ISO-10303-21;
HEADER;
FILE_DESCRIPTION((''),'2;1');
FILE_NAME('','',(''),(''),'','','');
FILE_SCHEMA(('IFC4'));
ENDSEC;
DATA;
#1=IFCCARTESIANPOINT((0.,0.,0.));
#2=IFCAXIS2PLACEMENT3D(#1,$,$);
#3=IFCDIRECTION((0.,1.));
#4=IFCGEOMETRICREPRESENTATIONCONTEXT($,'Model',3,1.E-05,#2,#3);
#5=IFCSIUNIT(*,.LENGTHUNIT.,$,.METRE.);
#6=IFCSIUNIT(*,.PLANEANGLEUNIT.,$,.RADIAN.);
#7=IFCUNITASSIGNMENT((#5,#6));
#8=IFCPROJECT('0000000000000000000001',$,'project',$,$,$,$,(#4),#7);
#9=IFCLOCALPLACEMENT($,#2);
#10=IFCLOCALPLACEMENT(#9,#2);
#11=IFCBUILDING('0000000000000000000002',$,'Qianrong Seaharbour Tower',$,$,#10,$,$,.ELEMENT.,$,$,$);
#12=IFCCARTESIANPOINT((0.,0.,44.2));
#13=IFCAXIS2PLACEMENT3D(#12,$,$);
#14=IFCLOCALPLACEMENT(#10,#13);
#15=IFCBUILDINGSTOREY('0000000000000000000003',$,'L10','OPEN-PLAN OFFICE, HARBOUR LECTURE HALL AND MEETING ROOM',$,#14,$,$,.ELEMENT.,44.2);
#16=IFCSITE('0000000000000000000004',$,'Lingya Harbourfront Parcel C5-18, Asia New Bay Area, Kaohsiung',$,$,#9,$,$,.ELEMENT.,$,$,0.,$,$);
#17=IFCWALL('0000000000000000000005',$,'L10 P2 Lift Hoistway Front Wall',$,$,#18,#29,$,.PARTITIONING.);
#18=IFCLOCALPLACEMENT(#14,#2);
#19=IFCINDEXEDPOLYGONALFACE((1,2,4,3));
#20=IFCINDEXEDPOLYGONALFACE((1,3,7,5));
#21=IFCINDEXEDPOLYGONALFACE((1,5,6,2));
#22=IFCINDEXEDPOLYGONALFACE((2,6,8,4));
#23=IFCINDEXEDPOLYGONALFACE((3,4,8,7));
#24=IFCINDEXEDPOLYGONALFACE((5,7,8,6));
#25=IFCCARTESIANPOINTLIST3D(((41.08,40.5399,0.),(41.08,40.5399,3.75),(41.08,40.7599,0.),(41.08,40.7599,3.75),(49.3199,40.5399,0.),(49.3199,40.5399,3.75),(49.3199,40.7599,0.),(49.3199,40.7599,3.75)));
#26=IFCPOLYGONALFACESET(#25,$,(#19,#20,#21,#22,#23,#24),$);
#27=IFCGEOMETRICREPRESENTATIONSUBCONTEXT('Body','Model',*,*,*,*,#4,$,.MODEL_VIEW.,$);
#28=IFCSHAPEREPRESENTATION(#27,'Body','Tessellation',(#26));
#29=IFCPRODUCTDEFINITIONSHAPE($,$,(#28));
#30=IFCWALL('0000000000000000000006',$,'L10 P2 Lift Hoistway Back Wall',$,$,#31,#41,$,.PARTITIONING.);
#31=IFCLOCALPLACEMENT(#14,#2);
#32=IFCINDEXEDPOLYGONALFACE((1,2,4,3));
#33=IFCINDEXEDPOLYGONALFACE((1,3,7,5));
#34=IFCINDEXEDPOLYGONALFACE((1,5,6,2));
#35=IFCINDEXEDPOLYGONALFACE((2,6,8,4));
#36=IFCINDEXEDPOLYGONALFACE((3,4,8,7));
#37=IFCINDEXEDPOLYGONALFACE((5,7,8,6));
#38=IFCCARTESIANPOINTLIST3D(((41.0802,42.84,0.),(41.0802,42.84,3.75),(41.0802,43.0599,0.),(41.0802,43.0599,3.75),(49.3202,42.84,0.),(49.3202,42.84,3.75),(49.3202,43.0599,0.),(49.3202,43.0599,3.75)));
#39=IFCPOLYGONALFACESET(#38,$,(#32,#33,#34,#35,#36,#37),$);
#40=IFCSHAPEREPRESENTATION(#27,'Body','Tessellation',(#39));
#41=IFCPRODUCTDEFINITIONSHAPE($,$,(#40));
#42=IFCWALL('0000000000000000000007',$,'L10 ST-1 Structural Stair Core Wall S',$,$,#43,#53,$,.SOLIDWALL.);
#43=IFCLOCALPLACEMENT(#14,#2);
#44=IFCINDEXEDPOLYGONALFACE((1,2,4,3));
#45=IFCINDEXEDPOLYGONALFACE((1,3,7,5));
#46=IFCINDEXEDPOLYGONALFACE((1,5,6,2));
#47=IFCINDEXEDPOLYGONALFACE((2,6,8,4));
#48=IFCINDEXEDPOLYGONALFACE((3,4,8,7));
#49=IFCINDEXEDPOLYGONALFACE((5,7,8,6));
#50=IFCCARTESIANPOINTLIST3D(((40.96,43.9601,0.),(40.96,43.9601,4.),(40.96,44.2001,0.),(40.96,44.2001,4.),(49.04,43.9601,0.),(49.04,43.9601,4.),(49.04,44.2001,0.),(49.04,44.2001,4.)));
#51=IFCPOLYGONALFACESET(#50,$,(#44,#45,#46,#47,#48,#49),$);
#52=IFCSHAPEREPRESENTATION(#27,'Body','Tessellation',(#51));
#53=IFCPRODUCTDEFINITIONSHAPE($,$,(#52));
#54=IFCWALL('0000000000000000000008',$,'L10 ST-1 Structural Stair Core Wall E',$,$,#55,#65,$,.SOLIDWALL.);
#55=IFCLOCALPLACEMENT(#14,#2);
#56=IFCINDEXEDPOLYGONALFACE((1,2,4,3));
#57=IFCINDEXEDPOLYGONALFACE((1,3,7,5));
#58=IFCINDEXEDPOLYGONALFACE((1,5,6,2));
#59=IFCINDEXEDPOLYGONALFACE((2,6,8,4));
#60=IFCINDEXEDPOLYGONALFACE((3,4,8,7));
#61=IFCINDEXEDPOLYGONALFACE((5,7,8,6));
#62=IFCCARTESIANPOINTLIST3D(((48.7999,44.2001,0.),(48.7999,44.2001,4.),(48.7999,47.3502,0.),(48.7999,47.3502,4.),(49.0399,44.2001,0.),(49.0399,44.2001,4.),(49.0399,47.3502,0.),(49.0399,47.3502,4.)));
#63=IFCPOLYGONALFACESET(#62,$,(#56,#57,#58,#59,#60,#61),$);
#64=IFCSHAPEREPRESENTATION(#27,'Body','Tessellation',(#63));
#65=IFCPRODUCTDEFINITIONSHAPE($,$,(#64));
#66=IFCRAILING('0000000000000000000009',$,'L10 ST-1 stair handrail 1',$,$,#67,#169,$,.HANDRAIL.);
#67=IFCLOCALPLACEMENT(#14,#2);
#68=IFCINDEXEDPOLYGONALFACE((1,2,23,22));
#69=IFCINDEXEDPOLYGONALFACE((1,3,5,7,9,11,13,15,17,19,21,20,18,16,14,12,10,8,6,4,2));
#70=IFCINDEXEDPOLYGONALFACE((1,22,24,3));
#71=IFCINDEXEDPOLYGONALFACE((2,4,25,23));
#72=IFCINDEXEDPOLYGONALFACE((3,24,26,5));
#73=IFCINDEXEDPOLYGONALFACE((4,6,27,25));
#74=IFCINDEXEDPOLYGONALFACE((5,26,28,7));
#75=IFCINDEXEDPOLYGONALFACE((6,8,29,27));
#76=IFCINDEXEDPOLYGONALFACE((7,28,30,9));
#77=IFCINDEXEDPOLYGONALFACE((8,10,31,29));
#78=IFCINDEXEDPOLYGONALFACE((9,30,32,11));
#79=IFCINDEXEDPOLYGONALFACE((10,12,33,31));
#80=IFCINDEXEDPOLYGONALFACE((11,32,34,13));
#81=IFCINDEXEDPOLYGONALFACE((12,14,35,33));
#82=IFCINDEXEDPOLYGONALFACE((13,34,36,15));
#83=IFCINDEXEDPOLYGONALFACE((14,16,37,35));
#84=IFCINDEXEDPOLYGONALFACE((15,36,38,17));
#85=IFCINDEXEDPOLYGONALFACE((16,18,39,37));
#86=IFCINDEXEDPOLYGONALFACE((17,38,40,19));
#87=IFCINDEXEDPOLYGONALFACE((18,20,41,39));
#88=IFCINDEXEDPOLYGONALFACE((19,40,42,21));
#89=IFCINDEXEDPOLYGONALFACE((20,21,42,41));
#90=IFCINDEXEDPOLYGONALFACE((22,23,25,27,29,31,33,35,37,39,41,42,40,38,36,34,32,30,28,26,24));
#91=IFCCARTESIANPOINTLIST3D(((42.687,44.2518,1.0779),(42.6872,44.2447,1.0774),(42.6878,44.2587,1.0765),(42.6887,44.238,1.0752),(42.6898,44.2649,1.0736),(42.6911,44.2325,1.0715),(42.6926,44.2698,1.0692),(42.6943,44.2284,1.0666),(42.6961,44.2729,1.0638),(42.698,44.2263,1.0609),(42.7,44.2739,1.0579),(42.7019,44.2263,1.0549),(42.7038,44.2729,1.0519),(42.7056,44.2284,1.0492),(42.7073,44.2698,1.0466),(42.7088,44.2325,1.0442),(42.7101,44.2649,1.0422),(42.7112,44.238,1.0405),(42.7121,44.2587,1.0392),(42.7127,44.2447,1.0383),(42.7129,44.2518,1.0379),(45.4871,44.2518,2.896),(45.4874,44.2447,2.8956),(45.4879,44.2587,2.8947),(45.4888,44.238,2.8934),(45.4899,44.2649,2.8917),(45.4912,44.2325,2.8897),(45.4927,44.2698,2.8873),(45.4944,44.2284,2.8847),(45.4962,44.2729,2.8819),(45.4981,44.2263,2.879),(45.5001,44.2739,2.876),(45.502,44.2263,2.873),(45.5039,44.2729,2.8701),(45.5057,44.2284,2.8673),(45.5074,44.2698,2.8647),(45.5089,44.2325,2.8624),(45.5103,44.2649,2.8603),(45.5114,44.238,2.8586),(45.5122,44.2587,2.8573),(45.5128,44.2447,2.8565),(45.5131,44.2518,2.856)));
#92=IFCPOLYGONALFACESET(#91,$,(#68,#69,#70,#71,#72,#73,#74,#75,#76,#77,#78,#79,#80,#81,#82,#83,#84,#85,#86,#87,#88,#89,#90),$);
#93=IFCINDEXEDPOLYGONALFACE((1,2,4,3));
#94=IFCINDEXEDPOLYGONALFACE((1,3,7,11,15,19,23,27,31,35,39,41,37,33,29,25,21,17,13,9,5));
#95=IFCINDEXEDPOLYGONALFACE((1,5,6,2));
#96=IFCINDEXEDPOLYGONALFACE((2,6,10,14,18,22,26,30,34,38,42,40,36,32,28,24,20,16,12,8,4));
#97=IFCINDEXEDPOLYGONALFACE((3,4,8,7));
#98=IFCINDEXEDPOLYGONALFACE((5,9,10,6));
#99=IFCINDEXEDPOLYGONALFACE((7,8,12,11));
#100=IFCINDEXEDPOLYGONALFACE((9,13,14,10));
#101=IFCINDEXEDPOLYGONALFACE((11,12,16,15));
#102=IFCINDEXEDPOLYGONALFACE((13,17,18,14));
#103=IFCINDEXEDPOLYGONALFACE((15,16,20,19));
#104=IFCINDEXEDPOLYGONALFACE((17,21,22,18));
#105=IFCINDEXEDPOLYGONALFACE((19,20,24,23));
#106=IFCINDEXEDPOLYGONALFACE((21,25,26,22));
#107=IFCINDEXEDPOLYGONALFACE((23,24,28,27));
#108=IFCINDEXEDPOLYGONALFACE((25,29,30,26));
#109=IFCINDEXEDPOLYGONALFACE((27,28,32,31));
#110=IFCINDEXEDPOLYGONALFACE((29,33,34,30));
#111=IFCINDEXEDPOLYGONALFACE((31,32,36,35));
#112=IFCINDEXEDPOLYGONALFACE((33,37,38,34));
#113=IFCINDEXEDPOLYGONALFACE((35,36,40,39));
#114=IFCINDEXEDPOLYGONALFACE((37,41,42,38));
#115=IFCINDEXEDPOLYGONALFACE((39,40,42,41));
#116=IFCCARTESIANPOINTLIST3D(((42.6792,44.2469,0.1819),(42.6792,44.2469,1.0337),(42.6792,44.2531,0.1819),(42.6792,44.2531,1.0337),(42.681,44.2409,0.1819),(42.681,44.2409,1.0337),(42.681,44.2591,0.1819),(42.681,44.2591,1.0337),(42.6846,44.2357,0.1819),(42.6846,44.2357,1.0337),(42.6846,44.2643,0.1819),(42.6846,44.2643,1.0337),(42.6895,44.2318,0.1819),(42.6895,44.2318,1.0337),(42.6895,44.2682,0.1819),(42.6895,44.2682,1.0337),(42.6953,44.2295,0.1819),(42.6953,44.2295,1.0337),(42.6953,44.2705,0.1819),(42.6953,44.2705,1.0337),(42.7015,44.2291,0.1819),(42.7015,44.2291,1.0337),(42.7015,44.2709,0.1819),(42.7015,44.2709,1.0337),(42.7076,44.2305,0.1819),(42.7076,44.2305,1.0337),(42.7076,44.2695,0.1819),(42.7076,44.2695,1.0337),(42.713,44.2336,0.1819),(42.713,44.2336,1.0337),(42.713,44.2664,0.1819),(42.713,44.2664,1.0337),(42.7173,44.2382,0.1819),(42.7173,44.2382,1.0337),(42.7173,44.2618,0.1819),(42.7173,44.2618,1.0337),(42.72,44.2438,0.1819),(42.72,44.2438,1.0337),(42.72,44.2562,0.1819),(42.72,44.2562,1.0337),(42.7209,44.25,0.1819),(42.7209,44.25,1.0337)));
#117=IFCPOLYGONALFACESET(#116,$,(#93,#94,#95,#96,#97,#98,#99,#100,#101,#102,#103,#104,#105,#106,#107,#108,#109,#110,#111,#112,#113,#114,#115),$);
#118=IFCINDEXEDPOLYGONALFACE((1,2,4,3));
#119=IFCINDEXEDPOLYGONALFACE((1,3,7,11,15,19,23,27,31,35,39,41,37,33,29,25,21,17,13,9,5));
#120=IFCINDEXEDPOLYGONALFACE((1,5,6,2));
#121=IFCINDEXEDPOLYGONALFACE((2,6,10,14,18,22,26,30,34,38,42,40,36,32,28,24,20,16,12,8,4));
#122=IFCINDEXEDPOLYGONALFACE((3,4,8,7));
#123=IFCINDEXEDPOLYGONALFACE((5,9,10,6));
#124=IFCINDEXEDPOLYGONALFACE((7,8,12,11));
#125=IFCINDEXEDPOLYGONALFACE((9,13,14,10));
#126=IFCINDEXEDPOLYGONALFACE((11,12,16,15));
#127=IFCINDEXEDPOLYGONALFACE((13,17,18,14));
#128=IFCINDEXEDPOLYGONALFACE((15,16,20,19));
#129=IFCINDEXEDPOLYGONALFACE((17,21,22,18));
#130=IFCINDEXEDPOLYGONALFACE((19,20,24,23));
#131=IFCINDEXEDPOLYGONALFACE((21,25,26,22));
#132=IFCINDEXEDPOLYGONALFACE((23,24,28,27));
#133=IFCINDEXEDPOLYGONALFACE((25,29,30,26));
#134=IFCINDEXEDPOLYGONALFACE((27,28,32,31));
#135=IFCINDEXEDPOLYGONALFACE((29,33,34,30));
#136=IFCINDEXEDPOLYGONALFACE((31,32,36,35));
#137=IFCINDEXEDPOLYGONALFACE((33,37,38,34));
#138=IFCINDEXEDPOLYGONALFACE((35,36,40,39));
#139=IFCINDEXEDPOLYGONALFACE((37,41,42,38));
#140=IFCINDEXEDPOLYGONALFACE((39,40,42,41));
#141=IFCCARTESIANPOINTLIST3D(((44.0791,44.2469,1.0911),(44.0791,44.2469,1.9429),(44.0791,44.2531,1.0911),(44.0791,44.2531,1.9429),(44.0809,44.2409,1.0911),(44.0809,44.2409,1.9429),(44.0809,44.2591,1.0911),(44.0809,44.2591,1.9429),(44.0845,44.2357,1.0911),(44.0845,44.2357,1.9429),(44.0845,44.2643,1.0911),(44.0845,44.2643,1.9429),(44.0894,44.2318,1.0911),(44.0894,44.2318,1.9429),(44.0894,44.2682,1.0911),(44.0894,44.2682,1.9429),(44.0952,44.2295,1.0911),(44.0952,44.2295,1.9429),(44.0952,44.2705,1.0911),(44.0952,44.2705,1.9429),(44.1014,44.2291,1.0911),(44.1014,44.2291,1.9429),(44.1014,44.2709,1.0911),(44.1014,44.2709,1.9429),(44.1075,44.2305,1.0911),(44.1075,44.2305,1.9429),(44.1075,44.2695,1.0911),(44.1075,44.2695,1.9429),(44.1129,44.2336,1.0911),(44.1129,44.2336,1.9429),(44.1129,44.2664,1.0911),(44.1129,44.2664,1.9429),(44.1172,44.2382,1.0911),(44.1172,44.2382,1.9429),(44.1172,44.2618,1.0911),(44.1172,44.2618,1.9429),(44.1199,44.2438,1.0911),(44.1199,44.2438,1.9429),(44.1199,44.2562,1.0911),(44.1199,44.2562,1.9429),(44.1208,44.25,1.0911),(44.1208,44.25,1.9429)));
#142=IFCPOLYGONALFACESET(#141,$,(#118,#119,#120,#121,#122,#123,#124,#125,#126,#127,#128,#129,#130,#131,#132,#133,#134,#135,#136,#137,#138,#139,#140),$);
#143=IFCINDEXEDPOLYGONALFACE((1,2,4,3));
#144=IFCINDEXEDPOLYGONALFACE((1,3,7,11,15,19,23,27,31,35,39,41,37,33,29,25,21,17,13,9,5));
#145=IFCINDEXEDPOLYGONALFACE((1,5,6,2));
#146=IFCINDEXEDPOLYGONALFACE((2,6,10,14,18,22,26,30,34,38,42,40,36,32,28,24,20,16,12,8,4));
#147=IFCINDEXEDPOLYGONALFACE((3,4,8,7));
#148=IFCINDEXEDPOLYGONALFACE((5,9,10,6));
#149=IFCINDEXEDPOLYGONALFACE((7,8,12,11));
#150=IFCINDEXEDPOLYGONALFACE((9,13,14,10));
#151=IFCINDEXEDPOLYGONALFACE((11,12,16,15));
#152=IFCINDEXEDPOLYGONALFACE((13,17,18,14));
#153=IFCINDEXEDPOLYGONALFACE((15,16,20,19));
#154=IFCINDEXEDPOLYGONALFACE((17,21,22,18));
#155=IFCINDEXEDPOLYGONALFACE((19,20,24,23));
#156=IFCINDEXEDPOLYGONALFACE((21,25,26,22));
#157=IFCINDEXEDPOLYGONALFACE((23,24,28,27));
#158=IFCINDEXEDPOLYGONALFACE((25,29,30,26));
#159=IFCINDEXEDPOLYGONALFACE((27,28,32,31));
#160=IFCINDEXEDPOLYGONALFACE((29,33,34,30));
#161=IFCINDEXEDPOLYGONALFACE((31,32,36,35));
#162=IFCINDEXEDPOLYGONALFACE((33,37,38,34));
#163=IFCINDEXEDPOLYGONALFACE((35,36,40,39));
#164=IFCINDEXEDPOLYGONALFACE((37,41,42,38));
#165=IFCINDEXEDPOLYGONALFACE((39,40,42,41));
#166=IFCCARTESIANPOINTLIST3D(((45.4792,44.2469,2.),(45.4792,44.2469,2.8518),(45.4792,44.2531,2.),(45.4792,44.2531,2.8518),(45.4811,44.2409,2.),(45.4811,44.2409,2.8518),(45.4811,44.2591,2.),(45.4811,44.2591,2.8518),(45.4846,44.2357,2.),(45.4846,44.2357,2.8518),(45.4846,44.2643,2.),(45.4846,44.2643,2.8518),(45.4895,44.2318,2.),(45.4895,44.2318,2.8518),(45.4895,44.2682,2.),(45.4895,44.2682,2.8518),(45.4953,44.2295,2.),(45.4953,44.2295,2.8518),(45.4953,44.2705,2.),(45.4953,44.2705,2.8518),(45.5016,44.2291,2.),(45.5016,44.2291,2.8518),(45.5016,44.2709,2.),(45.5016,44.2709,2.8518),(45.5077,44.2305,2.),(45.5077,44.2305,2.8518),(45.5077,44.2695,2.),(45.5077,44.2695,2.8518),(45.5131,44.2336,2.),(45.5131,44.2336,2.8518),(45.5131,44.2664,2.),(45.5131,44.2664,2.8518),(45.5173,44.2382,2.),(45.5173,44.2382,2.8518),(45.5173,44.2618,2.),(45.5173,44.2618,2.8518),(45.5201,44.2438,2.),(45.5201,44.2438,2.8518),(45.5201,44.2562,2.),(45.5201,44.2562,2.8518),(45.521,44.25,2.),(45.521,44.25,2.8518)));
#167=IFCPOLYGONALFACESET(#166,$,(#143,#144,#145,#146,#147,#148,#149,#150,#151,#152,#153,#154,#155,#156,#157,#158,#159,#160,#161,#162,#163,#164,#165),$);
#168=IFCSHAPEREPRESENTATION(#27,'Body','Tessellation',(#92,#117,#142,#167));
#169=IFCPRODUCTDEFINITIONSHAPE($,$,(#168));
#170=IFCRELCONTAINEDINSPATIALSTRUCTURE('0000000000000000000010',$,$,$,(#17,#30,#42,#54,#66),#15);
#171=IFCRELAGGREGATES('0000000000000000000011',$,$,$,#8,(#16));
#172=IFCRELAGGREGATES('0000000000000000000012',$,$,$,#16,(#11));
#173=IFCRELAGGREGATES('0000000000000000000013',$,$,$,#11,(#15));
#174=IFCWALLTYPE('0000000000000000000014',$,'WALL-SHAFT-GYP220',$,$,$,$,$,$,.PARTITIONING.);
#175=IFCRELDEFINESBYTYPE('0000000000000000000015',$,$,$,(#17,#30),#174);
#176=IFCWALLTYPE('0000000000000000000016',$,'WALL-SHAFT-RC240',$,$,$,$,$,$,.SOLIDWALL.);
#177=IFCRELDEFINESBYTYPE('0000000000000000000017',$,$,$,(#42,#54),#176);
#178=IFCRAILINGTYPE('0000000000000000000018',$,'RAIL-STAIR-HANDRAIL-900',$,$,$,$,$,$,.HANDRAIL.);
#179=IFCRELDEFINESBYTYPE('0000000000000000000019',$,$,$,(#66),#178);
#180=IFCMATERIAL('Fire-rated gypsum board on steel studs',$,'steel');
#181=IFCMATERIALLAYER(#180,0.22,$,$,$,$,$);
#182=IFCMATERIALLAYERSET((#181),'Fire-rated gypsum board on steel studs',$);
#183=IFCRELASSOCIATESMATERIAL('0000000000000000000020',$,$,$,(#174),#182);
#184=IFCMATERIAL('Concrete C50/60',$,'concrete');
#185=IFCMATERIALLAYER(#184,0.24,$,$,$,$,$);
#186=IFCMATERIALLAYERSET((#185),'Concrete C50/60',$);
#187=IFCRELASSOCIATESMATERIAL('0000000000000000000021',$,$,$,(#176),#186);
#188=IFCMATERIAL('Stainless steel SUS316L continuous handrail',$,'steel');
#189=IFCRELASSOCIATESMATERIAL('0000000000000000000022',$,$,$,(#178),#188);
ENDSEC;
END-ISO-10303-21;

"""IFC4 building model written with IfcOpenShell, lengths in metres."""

from ifc_helpers import new_model, si_unit, direction, frame, frame_2d, origin, origin_2d, place, context, subcontext, project, spatial, rectangle, circle, extrude, material, layer, layer_set, type_object, element, save


model = new_model("IFC4")

# Units and contexts
model_context = context("Model", 3, precision=1e-05, world=origin(), true_north=direction((0.0, 1.0)))
body_context = subcontext(model_context, "Body", "Model", "MODEL_VIEW")
ifc_project = project(units=[si_unit("LENGTHUNIT", "METRE"), si_unit("PLANEANGLEUNIT", "RADIAN")], contexts=[model_context])

# Site, building, storey
site_placement = place(None, origin())
site = spatial("IfcSite", under=ifc_project, at=site_placement, Name="Lingya Harbourfront Parcel C5-18, Asia New Bay Area, Kaohsiung", CompositionType="ELEMENT", RefElevation=0.0)
building_placement = place(site_placement, origin())
building = spatial("IfcBuilding", under=site, at=building_placement, Name="Qianrong Seaharbour Tower", CompositionType="ELEMENT")
storey_placement = place(building_placement, frame((0.0, 0.0, 44.2)))
storey = spatial("IfcBuildingStorey", under=building, at=storey_placement, Name="L10", Description="OPEN-PLAN OFFICE, HARBOUR LECTURE HALL AND MEETING ROOM", CompositionType="ELEMENT", Elevation=44.2)

# Shared definitions
ifc_material_1 = material(Name="Fire-rated gypsum board on steel studs", Category="steel")

# Shared definitions
ifc_layer_1 = layer(ifc_material_1, 0.22)
ifc_layer_set_1 = layer_set([ifc_layer_1], Name="Fire-rated gypsum board on steel studs")
wall_type_1 = type_object("IfcWallType", Name="WALL-SHAFT-GYP220", PredefinedType="PARTITIONING", material=ifc_layer_set_1)

# Walls
for number, where, z_axis, x_axis, name in (
    (1, (49.3201, 40.6499, 0.0), (0.0, 0.0, 1.0), (-1.0, 0.0, 0.0), "L10 P2 Lift Hoistway Front Wall"),
    (2, (41.0801, 42.95, 0.0), (0.0, 0.0, 1.0), (1.0, 0.0, 0.0), "L10 P2 Lift Hoistway Back Wall"),
):
    element("IfcWall", number, at=place(storey_placement, frame(where, z_axis=z_axis, x_axis=x_axis)), inside=storey, type_object=wall_type_1, Name=name, PredefinedType="PARTITIONING", context=body_context, shape_type="SweptSolid", body=[
        extrude(rectangle(XDim=8.24, YDim=0.22, at=frame_2d((4.1201, 0.0))), origin(), (0.0, 0.0, 1.0), 3.75),
    ])
ifc_material_2 = material(Name="Concrete C50/60", Category="concrete")
ifc_layer_2 = layer(ifc_material_2, 0.24)
ifc_layer_set_2 = layer_set([ifc_layer_2], Name="Concrete C50/60")
wall_type_2 = type_object("IfcWallType", Name="WALL-SHAFT-RC240", PredefinedType="SOLIDWALL", material=ifc_layer_set_2)
wall_1_placement = place(storey_placement, frame((49.04, 44.0801, 0.0), z_axis=(0.0, 0.0, 1.0), x_axis=(-1.0, 0.0, 0.0)))
element("IfcWall", 3, at=wall_1_placement, inside=storey, type_object=wall_type_2, Name="L10 ST-1 Structural Stair Core Wall S", PredefinedType="SOLIDWALL", context=body_context, shape_type="SweptSolid", body=[
    extrude(rectangle(XDim=8.0801, YDim=0.24, at=frame_2d((4.04, 0.0))), origin(), (0.0, 0.0, 1.0), 4.0),
])
wall_2_placement = place(storey_placement, frame((48.9199, 44.2, 0.0), z_axis=(0.0, 0.0, 1.0), x_axis=(0.0, 1.0, 0.0)))
element("IfcWall", 4, at=wall_2_placement, inside=storey, type_object=wall_type_2, Name="L10 ST-1 Structural Stair Core Wall E", PredefinedType="SOLIDWALL", context=body_context, shape_type="SweptSolid", body=[
    extrude(rectangle(XDim=3.1501, YDim=0.24, at=frame_2d((1.5752, 0.0))), origin(), (0.0, 0.0, 1.0), 4.0),
])

# Railing
ifc_material_3 = material(Name="Stainless steel SUS316L continuous handrail", Category="steel")
railing_type = type_object("IfcRailingType", Name="RAIL-STAIR-HANDRAIL-900", PredefinedType="HANDRAIL", material=ifc_material_3)
railing_placement = place(storey_placement, frame((42.7, 44.25, 0.1819)))
element("IfcRailing", 5, at=railing_placement, inside=storey, type_object=railing_type, Name="L10 ST-1 stair handrail 1", PredefinedType="HANDRAIL", context=body_context, shape_type="SweptSolid", body=[
    extrude(circle(Radius=0.0239, at=origin_2d()), frame((0.0, 0.0, 0.876), z_axis=(0.838706, 0.0, 0.544585), x_axis=(0.0, 1.0, 0.0)), (0.0, 0.0, 1.0), 3.3386),
    extrude(circle(Radius=0.021, at=origin_2d()), origin(), (0.0, 0.0, 1.0), 0.8518),
    extrude(circle(Radius=0.021, at=origin_2d()), frame((1.3999, 0.0, 0.9092)), (0.0, 0.0, 1.0), 0.8518),
    extrude(circle(Radius=0.021, at=origin_2d()), frame((2.8, 0.0, 1.8181)), (0.0, 0.0, 1.0), 0.8518),
])

save(model, "model.ifc")
